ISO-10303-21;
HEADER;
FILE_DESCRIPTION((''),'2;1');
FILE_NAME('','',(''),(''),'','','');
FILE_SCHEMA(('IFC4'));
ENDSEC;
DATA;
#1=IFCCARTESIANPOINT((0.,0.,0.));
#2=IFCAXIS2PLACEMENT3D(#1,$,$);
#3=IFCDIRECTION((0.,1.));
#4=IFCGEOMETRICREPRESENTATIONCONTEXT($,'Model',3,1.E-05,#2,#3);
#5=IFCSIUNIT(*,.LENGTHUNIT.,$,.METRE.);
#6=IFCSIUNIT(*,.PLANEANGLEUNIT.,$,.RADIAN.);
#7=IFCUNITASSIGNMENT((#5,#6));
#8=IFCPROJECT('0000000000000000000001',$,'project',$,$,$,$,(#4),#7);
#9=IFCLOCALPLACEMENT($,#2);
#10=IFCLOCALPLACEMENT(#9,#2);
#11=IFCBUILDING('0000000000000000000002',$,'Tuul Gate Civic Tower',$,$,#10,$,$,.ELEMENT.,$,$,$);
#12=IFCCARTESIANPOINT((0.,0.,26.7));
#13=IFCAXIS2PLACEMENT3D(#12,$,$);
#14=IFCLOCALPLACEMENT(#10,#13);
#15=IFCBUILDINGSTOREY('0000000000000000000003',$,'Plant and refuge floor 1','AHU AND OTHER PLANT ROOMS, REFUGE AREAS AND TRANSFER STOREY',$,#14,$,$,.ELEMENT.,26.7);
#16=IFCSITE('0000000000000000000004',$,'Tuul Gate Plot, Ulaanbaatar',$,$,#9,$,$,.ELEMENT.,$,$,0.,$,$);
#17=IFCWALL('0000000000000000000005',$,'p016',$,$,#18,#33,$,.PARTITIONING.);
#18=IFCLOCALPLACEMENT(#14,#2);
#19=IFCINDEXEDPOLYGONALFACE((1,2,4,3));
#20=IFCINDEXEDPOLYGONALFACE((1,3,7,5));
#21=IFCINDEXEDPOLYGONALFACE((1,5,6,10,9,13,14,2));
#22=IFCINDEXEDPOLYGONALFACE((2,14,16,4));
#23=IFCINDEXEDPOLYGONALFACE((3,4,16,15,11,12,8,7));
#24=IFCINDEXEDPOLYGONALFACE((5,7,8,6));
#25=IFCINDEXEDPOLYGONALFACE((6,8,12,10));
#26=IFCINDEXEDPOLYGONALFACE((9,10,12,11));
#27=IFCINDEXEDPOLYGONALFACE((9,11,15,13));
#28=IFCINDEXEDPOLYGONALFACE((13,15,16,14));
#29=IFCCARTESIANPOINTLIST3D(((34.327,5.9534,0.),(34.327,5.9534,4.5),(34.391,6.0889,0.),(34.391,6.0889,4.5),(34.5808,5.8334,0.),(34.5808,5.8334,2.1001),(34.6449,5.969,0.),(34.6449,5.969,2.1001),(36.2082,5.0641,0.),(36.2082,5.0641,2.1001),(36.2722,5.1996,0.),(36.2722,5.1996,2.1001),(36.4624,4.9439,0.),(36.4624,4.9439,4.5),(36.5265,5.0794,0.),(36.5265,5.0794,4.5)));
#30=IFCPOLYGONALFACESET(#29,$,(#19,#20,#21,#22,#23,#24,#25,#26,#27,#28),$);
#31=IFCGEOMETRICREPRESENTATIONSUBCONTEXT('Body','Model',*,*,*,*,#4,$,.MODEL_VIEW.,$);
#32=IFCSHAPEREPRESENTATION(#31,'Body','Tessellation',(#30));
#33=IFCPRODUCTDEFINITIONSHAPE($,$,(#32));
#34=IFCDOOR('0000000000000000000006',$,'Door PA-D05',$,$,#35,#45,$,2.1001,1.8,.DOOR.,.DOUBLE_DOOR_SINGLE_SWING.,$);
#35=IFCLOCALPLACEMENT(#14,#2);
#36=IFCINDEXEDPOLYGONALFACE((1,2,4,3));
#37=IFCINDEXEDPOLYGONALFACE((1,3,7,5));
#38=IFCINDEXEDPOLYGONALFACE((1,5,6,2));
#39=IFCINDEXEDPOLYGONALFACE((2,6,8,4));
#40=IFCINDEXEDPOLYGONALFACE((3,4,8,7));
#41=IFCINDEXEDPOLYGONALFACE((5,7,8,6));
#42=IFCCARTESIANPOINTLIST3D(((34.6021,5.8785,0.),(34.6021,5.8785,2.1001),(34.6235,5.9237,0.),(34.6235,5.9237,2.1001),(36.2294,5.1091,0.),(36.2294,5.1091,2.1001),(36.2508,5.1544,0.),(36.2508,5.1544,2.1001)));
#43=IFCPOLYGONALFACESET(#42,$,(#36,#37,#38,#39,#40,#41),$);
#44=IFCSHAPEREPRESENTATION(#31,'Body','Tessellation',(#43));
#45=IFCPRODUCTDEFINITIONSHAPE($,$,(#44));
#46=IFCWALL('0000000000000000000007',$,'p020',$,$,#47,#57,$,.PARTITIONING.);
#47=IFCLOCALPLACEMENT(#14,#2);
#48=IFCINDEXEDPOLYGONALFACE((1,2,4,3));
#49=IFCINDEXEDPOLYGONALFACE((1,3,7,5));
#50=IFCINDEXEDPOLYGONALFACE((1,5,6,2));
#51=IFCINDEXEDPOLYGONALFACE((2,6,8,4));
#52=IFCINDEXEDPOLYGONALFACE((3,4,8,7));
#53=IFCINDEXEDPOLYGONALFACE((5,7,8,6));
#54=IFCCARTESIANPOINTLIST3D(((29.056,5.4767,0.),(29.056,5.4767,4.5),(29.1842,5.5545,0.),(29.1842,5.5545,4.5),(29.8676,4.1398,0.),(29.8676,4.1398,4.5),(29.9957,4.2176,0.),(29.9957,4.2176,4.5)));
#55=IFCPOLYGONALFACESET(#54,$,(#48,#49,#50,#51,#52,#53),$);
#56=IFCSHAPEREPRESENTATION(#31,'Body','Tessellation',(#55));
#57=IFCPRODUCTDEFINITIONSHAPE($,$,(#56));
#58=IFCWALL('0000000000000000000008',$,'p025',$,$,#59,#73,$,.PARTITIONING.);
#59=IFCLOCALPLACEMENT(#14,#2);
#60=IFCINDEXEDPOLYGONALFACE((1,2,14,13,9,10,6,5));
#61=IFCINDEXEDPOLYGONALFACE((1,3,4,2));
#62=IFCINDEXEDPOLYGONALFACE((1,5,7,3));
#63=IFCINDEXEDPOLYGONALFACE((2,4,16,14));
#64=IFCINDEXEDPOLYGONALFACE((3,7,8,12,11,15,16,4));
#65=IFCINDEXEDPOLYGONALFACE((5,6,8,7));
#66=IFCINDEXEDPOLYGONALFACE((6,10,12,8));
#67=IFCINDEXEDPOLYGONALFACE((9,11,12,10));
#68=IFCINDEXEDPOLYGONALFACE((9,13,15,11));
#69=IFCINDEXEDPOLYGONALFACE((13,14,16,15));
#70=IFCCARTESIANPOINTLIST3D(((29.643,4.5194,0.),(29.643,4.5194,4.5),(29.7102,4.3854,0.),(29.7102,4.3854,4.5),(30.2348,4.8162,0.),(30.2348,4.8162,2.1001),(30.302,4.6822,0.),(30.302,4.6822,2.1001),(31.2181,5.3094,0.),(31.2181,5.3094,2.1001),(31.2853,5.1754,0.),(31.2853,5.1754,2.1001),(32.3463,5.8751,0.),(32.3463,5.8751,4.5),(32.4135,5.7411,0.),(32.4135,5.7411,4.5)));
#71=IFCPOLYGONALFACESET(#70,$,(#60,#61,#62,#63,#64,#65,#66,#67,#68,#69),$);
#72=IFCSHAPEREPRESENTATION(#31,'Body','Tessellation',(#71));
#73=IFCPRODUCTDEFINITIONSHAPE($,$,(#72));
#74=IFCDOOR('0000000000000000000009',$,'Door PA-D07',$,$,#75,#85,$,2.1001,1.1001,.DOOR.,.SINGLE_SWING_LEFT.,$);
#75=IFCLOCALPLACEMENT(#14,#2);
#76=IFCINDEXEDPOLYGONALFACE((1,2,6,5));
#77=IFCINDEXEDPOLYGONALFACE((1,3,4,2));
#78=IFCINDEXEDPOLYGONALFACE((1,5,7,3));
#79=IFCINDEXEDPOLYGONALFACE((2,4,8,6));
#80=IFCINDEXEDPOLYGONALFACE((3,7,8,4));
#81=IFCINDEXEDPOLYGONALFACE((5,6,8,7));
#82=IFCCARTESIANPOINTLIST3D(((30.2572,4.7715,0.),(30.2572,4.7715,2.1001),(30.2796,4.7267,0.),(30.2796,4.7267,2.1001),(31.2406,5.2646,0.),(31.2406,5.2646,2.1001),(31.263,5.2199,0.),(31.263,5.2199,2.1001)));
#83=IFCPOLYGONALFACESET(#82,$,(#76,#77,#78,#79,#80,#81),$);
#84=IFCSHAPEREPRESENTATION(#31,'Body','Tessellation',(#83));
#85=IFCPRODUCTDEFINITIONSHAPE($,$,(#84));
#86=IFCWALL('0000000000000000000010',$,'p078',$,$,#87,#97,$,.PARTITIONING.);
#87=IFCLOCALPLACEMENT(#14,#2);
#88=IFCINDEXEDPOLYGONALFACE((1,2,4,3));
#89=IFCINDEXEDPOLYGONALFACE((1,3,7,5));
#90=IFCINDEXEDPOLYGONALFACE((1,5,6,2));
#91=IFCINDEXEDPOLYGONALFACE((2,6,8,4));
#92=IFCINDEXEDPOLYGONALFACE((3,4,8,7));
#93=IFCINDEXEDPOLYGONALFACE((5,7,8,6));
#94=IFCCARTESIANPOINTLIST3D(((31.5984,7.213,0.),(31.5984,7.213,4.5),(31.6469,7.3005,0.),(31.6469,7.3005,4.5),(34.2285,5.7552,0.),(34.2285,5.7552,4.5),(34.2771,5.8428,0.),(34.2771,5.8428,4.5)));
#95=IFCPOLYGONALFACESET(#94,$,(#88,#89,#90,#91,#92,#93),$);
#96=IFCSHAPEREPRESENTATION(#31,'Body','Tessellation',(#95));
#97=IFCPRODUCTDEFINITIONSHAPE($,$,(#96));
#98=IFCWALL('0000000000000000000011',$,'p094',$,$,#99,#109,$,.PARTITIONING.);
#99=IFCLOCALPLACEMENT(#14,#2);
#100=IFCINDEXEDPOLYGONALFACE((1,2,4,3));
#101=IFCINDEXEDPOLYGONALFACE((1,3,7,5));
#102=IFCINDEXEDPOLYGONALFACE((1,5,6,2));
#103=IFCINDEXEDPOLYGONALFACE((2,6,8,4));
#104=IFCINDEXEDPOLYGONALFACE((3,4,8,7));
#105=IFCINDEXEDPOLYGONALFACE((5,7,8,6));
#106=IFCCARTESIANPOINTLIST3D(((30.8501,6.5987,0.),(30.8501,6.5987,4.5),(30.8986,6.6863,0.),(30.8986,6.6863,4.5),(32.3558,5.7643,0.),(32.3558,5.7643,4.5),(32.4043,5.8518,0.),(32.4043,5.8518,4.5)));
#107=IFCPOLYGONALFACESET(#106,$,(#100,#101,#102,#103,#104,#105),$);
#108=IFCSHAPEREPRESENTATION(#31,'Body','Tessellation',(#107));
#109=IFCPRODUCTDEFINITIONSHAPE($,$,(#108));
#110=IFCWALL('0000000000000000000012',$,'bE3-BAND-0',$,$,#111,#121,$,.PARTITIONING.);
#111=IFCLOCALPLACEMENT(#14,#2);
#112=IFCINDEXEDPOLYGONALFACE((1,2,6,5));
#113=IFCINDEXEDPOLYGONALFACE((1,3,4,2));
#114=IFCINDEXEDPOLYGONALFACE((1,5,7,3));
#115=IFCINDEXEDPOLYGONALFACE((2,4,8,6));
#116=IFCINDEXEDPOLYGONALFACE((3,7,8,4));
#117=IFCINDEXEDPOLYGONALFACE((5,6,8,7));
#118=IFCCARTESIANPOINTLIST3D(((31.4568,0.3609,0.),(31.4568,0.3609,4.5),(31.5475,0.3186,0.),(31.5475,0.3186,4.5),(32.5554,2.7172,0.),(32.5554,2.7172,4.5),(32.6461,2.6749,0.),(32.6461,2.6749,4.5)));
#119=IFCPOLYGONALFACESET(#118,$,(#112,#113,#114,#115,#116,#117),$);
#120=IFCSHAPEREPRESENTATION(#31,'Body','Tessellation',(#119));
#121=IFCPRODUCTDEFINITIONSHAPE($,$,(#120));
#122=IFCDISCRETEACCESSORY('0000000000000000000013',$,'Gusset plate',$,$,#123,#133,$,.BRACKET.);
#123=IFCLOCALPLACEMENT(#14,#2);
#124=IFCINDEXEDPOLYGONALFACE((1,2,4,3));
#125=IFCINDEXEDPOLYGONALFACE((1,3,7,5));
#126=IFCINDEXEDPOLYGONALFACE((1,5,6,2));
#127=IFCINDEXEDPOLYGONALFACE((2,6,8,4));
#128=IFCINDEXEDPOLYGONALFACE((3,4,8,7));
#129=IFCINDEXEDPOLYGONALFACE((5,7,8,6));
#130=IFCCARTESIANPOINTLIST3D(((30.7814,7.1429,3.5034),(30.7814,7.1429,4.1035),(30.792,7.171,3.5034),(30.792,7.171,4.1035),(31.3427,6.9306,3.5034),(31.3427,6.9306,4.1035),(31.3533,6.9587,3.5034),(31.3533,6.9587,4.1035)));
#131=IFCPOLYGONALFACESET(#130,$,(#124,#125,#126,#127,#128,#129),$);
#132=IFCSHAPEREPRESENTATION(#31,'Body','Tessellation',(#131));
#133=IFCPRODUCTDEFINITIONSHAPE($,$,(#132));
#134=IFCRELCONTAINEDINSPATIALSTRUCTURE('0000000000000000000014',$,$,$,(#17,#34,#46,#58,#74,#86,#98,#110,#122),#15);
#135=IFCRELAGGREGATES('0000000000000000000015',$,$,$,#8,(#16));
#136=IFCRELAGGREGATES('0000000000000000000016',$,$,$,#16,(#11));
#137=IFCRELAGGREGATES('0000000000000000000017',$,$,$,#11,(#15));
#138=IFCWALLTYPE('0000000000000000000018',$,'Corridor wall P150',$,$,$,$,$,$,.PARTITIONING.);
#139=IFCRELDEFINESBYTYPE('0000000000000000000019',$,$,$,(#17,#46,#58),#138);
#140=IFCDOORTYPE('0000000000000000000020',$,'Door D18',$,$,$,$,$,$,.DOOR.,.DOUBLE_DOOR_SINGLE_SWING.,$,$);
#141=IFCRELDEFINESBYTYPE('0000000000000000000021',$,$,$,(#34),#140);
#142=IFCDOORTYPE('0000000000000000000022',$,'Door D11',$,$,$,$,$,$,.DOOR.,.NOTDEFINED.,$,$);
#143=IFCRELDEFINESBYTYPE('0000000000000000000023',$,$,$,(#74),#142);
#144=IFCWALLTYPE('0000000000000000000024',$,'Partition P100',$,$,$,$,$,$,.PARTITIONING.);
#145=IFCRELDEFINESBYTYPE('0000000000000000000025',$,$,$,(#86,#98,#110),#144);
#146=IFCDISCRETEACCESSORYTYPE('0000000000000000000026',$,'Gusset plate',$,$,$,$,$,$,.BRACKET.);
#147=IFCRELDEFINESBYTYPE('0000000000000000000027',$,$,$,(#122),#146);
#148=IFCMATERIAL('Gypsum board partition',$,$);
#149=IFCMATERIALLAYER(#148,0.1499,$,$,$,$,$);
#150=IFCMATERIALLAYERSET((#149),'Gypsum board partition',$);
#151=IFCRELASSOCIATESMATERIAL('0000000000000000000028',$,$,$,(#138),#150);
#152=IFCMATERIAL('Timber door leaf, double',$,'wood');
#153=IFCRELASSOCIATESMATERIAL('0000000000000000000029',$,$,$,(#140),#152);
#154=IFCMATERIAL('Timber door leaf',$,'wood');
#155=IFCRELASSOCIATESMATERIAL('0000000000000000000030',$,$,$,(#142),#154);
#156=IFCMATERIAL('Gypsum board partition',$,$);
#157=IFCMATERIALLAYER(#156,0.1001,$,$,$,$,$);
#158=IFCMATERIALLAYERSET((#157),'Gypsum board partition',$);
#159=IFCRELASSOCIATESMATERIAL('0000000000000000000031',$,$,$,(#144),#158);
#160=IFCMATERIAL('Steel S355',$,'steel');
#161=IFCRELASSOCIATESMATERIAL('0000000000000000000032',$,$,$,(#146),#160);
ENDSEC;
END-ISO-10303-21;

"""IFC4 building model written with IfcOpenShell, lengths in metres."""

from ifc_helpers import new_model, si_unit, direction, frame, frame_2d, origin, origin_2d, place, context, subcontext, project, spatial, rectangle, extrude, material, layer, layer_set, type_object, element, fill, save


model = new_model("IFC4")

# Units and contexts
model_context = context("Model", 3, precision=1e-05, world=origin(), true_north=direction((0.0, 1.0)))
body_context = subcontext(model_context, "Body", "Model", "MODEL_VIEW")
ifc_project = project(units=[si_unit("LENGTHUNIT", "METRE"), si_unit("PLANEANGLEUNIT", "RADIAN")], contexts=[model_context])

# Site, building, storey
site_placement = place(None, origin())
site = spatial("IfcSite", under=ifc_project, at=site_placement, Name="Tuul Gate Plot, Ulaanbaatar", CompositionType="ELEMENT", RefElevation=0.0)
building_placement = place(site_placement, origin())
building = spatial("IfcBuilding", under=site, at=building_placement, Name="Tuul Gate Civic Tower", CompositionType="ELEMENT")
storey_placement = place(building_placement, frame((0.0, 0.0, 26.7)))
storey = spatial("IfcBuildingStorey", under=building, at=storey_placement, Name="Plant and refuge floor 1", Description="AHU AND OTHER PLANT ROOMS, REFUGE AREAS AND TRANSFER STOREY", CompositionType="ELEMENT", Elevation=26.7)

# Wall, opening, door
ifc_material_1 = material(Name="Gypsum board partition")
ifc_layer_1 = layer(ifc_material_1, 0.1499)
ifc_layer_set_1 = layer_set([ifc_layer_1], Name="Gypsum board partition")
wall_type_1 = type_object("IfcWallType", Name="Corridor wall P150", PredefinedType="PARTITIONING", material=ifc_layer_set_1)
wall_1_placement = place(storey_placement, frame((34.3589, 6.0212, 0.0), z_axis=(0.0, 0.0, 1.0), x_axis=(0.90407, -0.427384, 0.0)))
wall_1 = element("IfcWall", 1, at=wall_1_placement, inside=storey, type_object=wall_type_1, Name="p016", PredefinedType="PARTITIONING", context=body_context, shape_type="SweptSolid", body=[
    extrude(rectangle(XDim=2.3621, YDim=0.1499, at=frame_2d((1.1812, 0.0))), origin(), (0.0, 0.0, 1.0), 4.5),
])
opening_1_placement = place(wall_1_placement, frame((0.281, 0.0, 0.0)))
opening_1 = element("IfcOpeningElement", 2, at=opening_1_placement, cuts=wall_1, PredefinedType="OPENING", context=body_context, shape_type="SweptSolid", body=[
    extrude(rectangle(XDim=1.8, YDim=2.1001, at=frame_2d((0.8999, 1.05))), frame((0.0, 0.085, 0.0), z_axis=(0.0, -1.0, 0.0), x_axis=(1.0, 0.0, 0.0)), (0.0, 0.0, 1.0), 0.1699),
])
ifc_material_2 = material(Name="Timber door leaf, double", Category="wood")
door_type_1 = type_object("IfcDoorType", Name="Door D18", OperationType="DOUBLE_DOOR_SINGLE_SWING", PredefinedType="DOOR", material=ifc_material_2)
door_1_placement = place(opening_1_placement, origin())
door_1 = element("IfcDoor", 3, at=door_1_placement, inside=storey, type_object=door_type_1, Name="Door PA-D05", OperationType="DOUBLE_DOOR_SINGLE_SWING", OverallHeight=2.1001, OverallWidth=1.8, PredefinedType="DOOR", context=body_context, shape_type="SweptSolid", body=[
    extrude(rectangle(XDim=1.8, YDim=2.1001, at=frame_2d((0.8999, 1.05))), frame((0.0, 0.0249, 0.0), z_axis=(0.0, -1.0, 0.0), x_axis=(1.0, 0.0, 0.0)), (0.0, 0.0, 1.0), 0.05),
])
fill(opening_1, door_1)

# Wall
wall_2_placement = place(storey_placement, frame((29.1201, 5.5156, 0.0), z_axis=(0.0, 0.0, 1.0), x_axis=(0.518897, -0.854837, 0.0)))
element("IfcWall", 4, at=wall_2_placement, inside=storey, type_object=wall_type_1, Name="p020", PredefinedType="PARTITIONING", context=body_context, shape_type="SweptSolid", body=[
    extrude(rectangle(XDim=1.564, YDim=0.1499, at=frame_2d((0.782, 0.0))), origin(), (0.0, 0.0, 1.0), 4.5),
])

# Wall, opening, door
wall_3_placement = place(storey_placement, frame((29.6765, 4.4524, 0.0), z_axis=(0.0, 0.0, 1.0), x_axis=(0.893894, 0.448279, 0.0)))
wall_3 = element("IfcWall", 5, at=wall_3_placement, inside=storey, type_object=wall_type_1, Name="p025", PredefinedType="PARTITIONING", context=body_context, shape_type="SweptSolid", body=[
    extrude(rectangle(XDim=3.0242, YDim=0.1499, at=frame_2d((1.5122, 0.0))), origin(), (0.0, 0.0, 1.0), 4.5),
])
opening_2_placement = place(wall_3_placement, frame((0.6621, 0.0, 0.0)))
opening_2 = element("IfcOpeningElement", 6, at=opening_2_placement, cuts=wall_3, PredefinedType="OPENING", context=body_context, shape_type="SweptSolid", body=[
    extrude(rectangle(XDim=1.1001, YDim=2.1001, at=frame_2d((0.55, 1.05))), frame((0.0, 0.085, 0.0), z_axis=(0.0, -1.0, 0.0), x_axis=(1.0, 0.0, 0.0)), (0.0, 0.0, 1.0), 0.1699),
])
ifc_material_3 = material(Name="Timber door leaf", Category="wood")
door_type_2 = type_object("IfcDoorType", Name="Door D11", OperationType="NOTDEFINED", PredefinedType="DOOR", material=ifc_material_3)
door_2_placement = place(opening_2_placement, origin())
door_2 = element("IfcDoor", 7, at=door_2_placement, inside=storey, type_object=door_type_2, Name="Door PA-D07", OperationType="SINGLE_SWING_LEFT", OverallHeight=2.1001, OverallWidth=1.1001, PredefinedType="DOOR", context=body_context, shape_type="SweptSolid", body=[
    extrude(rectangle(XDim=1.1001, YDim=2.1001, at=frame_2d((0.55, 1.05))), frame((0.0, 0.0249, 0.0), z_axis=(0.0, -1.0, 0.0), x_axis=(1.0, 0.0, 0.0)), (0.0, 0.0, 1.0), 0.05),
])
fill(opening_2, door_2)

# Walls
ifc_material_4 = material(Name="Gypsum board partition")
ifc_layer_2 = layer(ifc_material_4, 0.1001)
ifc_layer_set_2 = layer_set([ifc_layer_2], Name="Gypsum board partition")
wall_type_2 = type_object("IfcWallType", Name="Partition P100", PredefinedType="PARTITIONING", material=ifc_layer_set_2)
wall_4_placement = place(storey_placement, frame((34.2527, 5.7991, 0.0), z_axis=(0.0, 0.0, 1.0), x_axis=(-0.874639, 0.484774, 0.0)))
element("IfcWall", 8, at=wall_4_placement, inside=storey, type_object=wall_type_2, Name="p078", PredefinedType="PARTITIONING", context=body_context, shape_type="SweptSolid", body=[
    extrude(rectangle(XDim=3.0071, YDim=0.1001, at=frame_2d((1.5034, 0.0))), origin(), (0.0, 0.0, 1.0), 4.5),
])
wall_5_placement = place(storey_placement, frame((30.8743, 6.6426, 0.0), z_axis=(0.0, 0.0, 1.0), x_axis=(0.874645, -0.484764, 0.0)))
element("IfcWall", 9, at=wall_5_placement, inside=storey, type_object=wall_type_2, Name="p094", PredefinedType="PARTITIONING", context=body_context, shape_type="SweptSolid", body=[
    extrude(rectangle(XDim=1.7214, YDim=0.1001, at=frame_2d((0.8608, 0.0))), origin(), (0.0, 0.0, 1.0), 4.5),
])
wall_6_placement = place(storey_placement, frame((31.5022, 0.3398, 0.0), z_axis=(0.0, 0.0, 1.0), x_axis=(0.422556, 0.906337, 0.0)))
element("IfcWall", 10, at=wall_6_placement, inside=storey, type_object=wall_type_2, Name="bE3-BAND-0", PredefinedType="PARTITIONING", context=body_context, shape_type="SweptSolid", body=[
    extrude(rectangle(XDim=2.5999, YDim=0.1001, at=frame_2d((1.2998, 0.0))), origin(), (0.0, 0.0, 1.0), 4.5),
])

# Discrete accessory
ifc_material_5 = material(Name="Steel S355", Category="steel")
discrete_accessory_type = type_object("IfcDiscreteAccessoryType", Name="Gusset plate", PredefinedType="BRACKET", material=ifc_material_5)
discrete_accessory_placement = place(storey_placement, frame((31.0674, 7.0508, 3.5034), z_axis=(0.0, 0.0, 1.0), x_axis=(-0.935344, 0.353739, 0.0)))
element("IfcDiscreteAccessory", 11, at=discrete_accessory_placement, inside=storey, type_object=discrete_accessory_type, Name="Gusset plate", PredefinedType="BRACKET", context=body_context, shape_type="SweptSolid", body=[
    extrude(rectangle(XDim=0.6001, YDim=0.03, at=origin_2d()), origin(), (0.0, 0.0, 1.0), 0.6001),
])

save(model, "model.ifc")
